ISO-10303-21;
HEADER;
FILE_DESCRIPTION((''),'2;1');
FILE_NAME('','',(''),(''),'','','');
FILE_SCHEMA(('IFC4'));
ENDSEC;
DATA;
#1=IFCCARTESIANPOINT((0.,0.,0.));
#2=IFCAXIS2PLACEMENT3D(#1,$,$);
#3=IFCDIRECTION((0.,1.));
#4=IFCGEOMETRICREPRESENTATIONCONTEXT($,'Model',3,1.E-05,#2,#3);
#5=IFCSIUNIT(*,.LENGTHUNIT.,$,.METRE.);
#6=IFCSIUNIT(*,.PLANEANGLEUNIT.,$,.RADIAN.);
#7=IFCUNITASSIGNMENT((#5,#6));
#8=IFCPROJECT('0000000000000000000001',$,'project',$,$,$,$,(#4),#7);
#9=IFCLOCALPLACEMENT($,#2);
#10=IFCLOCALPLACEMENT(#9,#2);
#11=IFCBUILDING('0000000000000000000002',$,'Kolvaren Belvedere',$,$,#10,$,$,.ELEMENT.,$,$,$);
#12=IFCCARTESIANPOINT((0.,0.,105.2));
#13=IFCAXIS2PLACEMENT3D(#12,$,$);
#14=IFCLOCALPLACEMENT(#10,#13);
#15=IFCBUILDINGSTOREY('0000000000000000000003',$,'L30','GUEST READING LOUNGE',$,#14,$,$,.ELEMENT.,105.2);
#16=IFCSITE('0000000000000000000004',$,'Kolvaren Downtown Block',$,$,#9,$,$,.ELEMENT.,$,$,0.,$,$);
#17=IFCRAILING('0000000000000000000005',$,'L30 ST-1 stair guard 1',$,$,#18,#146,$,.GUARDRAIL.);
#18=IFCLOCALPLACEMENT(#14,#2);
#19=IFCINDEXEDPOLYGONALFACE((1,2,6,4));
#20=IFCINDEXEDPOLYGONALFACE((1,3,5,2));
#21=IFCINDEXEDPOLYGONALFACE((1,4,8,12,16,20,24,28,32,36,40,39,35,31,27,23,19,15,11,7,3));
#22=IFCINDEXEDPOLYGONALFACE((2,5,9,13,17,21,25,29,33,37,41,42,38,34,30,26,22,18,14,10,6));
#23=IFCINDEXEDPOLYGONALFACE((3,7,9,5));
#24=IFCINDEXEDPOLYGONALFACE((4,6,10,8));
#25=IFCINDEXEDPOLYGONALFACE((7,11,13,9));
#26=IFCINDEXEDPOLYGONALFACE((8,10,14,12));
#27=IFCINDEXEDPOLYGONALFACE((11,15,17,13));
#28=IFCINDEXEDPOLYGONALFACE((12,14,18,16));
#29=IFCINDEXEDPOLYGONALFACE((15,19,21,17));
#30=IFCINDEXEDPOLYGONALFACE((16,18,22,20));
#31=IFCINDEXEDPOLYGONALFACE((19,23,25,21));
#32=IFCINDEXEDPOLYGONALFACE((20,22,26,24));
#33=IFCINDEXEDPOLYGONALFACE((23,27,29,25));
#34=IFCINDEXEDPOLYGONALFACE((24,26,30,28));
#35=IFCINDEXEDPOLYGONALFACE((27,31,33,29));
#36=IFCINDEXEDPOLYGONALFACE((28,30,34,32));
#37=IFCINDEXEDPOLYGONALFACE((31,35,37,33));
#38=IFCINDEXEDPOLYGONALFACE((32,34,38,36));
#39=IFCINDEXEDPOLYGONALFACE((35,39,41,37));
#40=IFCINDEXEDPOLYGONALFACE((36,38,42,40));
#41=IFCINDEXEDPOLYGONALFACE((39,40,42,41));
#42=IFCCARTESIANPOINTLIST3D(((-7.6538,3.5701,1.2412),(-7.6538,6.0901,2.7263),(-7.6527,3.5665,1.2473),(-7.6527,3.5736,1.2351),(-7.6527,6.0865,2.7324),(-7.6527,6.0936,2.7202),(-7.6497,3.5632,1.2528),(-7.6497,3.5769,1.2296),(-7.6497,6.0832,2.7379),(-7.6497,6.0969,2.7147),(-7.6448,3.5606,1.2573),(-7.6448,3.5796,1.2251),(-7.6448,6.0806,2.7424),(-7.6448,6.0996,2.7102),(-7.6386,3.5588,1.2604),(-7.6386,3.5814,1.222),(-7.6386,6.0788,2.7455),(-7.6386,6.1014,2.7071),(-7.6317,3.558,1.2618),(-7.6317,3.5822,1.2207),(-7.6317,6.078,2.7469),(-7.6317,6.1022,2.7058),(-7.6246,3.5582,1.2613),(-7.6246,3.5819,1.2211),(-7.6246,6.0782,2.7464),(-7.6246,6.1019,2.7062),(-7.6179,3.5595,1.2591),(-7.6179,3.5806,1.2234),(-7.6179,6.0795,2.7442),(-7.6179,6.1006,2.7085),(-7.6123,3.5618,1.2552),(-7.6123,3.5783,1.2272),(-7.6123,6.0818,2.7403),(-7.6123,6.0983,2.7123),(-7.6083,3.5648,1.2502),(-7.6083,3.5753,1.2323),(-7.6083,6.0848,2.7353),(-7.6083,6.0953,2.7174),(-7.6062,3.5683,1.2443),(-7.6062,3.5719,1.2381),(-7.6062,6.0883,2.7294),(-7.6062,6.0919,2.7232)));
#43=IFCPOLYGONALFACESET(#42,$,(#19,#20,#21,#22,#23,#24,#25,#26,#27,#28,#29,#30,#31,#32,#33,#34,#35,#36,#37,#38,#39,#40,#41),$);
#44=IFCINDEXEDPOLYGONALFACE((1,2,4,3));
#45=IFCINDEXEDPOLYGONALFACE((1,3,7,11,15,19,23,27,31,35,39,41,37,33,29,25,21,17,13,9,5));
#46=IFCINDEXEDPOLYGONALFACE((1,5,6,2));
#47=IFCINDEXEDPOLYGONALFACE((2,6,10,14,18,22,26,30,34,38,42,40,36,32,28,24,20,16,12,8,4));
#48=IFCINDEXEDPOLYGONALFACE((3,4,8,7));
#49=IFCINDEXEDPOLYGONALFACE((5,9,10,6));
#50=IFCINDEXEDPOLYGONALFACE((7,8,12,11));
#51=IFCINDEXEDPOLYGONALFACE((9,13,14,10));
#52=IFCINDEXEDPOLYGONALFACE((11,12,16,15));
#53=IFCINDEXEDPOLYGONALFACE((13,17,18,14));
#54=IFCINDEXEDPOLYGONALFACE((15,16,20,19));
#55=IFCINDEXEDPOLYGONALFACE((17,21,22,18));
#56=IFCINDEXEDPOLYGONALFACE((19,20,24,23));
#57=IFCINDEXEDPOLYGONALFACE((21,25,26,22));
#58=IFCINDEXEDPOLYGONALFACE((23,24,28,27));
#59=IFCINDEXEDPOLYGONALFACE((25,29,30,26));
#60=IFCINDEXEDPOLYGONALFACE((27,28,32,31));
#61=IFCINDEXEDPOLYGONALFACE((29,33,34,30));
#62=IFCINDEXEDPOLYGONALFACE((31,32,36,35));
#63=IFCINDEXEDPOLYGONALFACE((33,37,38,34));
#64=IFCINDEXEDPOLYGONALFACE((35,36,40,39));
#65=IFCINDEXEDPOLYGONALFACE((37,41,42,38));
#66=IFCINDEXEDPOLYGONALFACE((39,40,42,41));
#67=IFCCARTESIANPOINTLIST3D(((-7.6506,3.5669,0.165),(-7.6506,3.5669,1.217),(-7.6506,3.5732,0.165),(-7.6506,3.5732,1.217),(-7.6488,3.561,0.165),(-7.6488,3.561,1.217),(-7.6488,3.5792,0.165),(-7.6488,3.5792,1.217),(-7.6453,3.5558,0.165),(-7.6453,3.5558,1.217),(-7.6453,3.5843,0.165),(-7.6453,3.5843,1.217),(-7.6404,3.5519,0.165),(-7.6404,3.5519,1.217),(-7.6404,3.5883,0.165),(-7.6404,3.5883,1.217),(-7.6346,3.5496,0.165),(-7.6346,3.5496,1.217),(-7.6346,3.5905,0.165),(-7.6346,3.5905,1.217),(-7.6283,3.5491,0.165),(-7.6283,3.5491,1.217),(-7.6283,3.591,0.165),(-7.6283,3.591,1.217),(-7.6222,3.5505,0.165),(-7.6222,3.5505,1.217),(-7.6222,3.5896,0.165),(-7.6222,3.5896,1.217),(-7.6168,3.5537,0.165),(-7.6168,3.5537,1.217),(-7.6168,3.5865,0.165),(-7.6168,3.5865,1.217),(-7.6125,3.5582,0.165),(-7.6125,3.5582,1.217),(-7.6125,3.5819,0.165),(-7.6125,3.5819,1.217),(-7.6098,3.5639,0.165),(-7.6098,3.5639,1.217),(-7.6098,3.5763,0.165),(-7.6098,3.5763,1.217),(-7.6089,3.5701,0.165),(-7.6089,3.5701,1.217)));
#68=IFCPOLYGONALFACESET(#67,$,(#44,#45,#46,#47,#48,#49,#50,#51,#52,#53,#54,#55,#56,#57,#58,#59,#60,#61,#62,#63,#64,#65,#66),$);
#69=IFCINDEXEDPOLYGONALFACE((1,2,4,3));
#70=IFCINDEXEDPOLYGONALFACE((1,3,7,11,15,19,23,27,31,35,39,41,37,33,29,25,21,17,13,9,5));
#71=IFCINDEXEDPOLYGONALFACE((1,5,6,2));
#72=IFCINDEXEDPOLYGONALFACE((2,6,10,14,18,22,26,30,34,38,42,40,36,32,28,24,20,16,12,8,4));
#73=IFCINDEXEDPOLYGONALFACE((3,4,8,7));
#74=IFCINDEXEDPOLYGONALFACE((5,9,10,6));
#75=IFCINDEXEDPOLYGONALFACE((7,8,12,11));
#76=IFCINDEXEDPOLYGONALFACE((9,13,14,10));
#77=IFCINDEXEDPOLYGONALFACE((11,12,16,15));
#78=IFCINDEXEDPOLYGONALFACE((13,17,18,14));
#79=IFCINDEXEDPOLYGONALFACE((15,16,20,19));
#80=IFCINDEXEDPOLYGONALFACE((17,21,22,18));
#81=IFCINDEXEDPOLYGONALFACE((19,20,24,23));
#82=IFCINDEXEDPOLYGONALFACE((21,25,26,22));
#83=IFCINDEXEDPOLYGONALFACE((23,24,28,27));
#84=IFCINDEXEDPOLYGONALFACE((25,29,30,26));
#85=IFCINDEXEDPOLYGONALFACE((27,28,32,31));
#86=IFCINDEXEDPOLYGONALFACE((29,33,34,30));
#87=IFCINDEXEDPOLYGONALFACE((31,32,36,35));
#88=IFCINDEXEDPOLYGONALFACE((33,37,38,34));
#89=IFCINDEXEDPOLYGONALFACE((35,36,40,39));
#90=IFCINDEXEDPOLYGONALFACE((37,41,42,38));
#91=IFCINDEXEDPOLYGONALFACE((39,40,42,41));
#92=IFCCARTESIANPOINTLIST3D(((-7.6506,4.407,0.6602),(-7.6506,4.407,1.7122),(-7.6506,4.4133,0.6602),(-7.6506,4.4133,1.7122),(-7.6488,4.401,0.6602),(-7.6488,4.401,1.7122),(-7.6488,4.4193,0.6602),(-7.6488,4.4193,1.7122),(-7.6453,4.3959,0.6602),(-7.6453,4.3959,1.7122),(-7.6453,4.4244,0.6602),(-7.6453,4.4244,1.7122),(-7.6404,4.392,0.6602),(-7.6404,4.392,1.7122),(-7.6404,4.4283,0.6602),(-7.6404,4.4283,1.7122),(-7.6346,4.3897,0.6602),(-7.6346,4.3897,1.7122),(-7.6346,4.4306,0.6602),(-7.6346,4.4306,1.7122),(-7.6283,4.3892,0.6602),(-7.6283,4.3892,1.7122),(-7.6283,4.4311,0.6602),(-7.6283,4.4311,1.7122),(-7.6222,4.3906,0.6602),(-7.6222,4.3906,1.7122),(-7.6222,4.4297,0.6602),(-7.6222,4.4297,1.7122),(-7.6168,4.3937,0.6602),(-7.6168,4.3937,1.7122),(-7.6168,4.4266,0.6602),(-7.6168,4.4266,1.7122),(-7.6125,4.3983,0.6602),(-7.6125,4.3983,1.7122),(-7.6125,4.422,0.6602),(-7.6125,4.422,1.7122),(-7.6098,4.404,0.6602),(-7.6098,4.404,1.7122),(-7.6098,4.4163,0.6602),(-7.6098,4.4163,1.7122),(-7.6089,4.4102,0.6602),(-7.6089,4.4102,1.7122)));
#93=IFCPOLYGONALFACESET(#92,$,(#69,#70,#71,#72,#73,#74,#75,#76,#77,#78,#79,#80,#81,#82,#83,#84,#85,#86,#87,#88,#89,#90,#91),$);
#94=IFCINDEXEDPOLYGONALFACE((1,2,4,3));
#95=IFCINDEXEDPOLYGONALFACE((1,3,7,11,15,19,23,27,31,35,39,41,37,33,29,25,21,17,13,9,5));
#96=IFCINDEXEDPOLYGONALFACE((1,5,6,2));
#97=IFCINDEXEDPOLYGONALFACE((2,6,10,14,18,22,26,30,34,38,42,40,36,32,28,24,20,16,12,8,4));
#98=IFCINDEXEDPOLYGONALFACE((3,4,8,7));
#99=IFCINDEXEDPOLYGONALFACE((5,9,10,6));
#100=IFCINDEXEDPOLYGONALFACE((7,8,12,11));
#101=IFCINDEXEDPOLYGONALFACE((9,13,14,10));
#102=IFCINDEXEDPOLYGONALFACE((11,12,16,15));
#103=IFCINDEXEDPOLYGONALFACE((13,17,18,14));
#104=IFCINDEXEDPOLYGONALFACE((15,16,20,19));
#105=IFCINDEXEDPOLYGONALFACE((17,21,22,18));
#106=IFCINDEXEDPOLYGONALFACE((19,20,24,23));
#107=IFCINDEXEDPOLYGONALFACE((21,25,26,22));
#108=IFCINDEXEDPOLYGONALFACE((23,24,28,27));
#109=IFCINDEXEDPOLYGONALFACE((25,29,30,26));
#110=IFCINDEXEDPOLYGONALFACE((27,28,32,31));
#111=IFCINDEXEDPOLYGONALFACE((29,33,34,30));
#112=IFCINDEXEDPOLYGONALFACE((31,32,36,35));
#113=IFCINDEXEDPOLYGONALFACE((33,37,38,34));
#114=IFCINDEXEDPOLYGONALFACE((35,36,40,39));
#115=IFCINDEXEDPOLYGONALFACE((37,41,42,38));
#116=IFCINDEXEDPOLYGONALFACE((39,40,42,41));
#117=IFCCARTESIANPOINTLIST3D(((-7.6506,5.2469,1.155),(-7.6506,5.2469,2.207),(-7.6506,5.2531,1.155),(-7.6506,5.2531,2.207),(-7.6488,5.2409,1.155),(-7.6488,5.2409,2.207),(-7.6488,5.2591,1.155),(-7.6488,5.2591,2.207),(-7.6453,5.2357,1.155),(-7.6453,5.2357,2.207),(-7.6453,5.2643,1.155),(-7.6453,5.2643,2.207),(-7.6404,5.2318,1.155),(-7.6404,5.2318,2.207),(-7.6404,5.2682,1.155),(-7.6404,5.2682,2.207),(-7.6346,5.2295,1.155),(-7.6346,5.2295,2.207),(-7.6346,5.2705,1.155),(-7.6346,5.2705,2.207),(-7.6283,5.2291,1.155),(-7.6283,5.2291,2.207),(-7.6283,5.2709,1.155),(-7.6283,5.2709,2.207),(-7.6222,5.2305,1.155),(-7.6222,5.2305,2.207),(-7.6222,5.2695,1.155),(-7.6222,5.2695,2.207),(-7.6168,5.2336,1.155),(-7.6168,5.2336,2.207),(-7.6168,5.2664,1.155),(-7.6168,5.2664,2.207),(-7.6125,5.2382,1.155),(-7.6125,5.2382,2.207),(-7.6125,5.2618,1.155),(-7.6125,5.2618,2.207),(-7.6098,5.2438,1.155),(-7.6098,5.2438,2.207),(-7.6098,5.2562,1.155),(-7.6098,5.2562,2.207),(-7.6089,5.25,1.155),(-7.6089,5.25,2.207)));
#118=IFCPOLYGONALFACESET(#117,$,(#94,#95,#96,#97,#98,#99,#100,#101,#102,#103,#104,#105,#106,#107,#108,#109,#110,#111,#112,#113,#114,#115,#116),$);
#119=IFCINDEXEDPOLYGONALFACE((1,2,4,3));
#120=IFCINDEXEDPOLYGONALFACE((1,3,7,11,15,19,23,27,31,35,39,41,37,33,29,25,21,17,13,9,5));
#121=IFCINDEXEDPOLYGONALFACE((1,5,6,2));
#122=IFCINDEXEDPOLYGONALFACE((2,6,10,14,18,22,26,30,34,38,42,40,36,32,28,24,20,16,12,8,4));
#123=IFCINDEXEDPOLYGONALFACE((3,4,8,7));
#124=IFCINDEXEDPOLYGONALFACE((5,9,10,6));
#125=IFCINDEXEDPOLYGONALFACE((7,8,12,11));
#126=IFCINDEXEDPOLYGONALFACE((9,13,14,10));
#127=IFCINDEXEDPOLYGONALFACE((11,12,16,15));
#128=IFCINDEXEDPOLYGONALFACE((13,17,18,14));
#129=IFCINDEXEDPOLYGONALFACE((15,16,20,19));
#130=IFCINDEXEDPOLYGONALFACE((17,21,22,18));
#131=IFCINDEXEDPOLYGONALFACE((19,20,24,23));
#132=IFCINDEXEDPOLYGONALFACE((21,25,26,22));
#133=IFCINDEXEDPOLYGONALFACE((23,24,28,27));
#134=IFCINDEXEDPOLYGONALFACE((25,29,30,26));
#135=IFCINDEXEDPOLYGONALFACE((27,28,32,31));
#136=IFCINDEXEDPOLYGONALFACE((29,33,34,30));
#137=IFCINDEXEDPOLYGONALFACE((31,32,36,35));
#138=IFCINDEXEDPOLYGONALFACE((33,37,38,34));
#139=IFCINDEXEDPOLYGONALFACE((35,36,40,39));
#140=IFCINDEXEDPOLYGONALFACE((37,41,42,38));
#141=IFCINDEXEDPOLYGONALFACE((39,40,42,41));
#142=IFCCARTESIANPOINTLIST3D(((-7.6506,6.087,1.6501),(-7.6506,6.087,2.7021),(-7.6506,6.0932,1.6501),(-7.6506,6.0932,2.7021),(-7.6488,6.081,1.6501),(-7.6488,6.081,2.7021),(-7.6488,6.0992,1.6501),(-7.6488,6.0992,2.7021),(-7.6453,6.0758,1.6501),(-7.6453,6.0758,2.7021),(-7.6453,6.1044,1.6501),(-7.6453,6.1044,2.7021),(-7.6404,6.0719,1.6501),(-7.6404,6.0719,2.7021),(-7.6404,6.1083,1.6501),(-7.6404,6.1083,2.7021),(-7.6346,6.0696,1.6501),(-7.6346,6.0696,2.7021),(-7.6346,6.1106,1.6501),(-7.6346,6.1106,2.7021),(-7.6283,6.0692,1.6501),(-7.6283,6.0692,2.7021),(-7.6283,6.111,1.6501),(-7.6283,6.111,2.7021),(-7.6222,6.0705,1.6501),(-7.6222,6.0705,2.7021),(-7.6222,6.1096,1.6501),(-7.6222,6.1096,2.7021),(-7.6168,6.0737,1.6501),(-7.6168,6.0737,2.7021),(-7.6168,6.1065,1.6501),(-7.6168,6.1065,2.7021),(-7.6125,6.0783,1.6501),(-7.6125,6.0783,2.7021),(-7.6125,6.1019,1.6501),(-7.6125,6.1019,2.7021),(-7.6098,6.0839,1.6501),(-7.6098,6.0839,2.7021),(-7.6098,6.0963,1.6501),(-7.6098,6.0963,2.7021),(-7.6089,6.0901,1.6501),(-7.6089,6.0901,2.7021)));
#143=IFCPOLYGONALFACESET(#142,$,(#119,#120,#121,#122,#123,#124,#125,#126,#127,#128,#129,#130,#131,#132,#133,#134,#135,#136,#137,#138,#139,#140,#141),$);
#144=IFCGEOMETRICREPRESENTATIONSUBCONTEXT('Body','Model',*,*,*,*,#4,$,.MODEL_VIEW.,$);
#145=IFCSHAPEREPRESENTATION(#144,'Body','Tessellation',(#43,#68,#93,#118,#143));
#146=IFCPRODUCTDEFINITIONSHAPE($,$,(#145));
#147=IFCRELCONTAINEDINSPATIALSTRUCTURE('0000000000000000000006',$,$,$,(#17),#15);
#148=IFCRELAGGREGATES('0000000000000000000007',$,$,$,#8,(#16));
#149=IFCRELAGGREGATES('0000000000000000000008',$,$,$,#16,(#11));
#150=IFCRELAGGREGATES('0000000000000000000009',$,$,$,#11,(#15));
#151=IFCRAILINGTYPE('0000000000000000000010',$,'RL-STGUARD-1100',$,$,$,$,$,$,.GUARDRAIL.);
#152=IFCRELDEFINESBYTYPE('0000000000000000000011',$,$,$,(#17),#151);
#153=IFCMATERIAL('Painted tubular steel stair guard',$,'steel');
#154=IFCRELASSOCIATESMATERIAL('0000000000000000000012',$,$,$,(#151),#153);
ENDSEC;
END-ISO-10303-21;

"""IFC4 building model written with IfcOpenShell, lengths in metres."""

from ifc_helpers import new_model, si_unit, direction, frame, origin, origin_2d, place, context, subcontext, project, spatial, circle, extrude, material, type_object, element, save


model = new_model("IFC4")

# Units and contexts
model_context = context("Model", 3, precision=1e-05, world=origin(), true_north=direction((0.0, 1.0)))
body_context = subcontext(model_context, "Body", "Model", "MODEL_VIEW")
ifc_project = project(units=[si_unit("LENGTHUNIT", "METRE"), si_unit("PLANEANGLEUNIT", "RADIAN")], contexts=[model_context])

# Site, building, storey
site_placement = place(None, origin())
site = spatial("IfcSite", under=ifc_project, at=site_placement, Name="Kolvaren Downtown Block", CompositionType="ELEMENT", RefElevation=0.0)
building_placement = place(site_placement, origin())
building = spatial("IfcBuilding", under=site, at=building_placement, Name="Kolvaren Belvedere", CompositionType="ELEMENT")
storey_placement = place(building_placement, frame((0.0, 0.0, 105.2)))
storey = spatial("IfcBuildingStorey", under=building, at=storey_placement, Name="L30", Description="GUEST READING LOUNGE", CompositionType="ELEMENT", Elevation=105.2)

# Railing
ifc_material_1 = material(Name="Painted tubular steel stair guard", Category="steel")
railing_type_1 = type_object("IfcRailingType", Name="RL-STGUARD-1100", PredefinedType="GUARDRAIL", material=ifc_material_1)
railing_1_placement = place(storey_placement, frame((-7.6299, 3.5701, 0.165)))
element("IfcRailing", 1, at=railing_1_placement, inside=storey, type_object=railing_type_1, Name="L30 ST-1 stair guard 1", PredefinedType="GUARDRAIL", context=body_context, shape_type="SweptSolid", body=[
    extrude(circle(Radius=0.0239, at=origin_2d()), frame((0.0, 0.0, 1.0762), z_axis=(0.0, 0.861524, 0.507717), x_axis=(-1.0, 0.0, 0.0)), (0.0, 0.0, 1.0), 2.925),
    extrude(circle(Radius=0.021, at=origin_2d()), origin(), (0.0, 0.0, 1.0), 1.052),
    extrude(circle(Radius=0.021, at=origin_2d()), frame((0.0, 0.8401, 0.4951)), (0.0, 0.0, 1.0), 1.052),
    extrude(circle(Radius=0.021, at=origin_2d()), frame((0.0, 1.6799, 0.99)), (0.0, 0.0, 1.0), 1.052),
    extrude(circle(Radius=0.021, at=origin_2d()), frame((0.0, 2.52, 1.4851)), (0.0, 0.0, 1.0), 1.052),
])

save(model, "model.ifc")
